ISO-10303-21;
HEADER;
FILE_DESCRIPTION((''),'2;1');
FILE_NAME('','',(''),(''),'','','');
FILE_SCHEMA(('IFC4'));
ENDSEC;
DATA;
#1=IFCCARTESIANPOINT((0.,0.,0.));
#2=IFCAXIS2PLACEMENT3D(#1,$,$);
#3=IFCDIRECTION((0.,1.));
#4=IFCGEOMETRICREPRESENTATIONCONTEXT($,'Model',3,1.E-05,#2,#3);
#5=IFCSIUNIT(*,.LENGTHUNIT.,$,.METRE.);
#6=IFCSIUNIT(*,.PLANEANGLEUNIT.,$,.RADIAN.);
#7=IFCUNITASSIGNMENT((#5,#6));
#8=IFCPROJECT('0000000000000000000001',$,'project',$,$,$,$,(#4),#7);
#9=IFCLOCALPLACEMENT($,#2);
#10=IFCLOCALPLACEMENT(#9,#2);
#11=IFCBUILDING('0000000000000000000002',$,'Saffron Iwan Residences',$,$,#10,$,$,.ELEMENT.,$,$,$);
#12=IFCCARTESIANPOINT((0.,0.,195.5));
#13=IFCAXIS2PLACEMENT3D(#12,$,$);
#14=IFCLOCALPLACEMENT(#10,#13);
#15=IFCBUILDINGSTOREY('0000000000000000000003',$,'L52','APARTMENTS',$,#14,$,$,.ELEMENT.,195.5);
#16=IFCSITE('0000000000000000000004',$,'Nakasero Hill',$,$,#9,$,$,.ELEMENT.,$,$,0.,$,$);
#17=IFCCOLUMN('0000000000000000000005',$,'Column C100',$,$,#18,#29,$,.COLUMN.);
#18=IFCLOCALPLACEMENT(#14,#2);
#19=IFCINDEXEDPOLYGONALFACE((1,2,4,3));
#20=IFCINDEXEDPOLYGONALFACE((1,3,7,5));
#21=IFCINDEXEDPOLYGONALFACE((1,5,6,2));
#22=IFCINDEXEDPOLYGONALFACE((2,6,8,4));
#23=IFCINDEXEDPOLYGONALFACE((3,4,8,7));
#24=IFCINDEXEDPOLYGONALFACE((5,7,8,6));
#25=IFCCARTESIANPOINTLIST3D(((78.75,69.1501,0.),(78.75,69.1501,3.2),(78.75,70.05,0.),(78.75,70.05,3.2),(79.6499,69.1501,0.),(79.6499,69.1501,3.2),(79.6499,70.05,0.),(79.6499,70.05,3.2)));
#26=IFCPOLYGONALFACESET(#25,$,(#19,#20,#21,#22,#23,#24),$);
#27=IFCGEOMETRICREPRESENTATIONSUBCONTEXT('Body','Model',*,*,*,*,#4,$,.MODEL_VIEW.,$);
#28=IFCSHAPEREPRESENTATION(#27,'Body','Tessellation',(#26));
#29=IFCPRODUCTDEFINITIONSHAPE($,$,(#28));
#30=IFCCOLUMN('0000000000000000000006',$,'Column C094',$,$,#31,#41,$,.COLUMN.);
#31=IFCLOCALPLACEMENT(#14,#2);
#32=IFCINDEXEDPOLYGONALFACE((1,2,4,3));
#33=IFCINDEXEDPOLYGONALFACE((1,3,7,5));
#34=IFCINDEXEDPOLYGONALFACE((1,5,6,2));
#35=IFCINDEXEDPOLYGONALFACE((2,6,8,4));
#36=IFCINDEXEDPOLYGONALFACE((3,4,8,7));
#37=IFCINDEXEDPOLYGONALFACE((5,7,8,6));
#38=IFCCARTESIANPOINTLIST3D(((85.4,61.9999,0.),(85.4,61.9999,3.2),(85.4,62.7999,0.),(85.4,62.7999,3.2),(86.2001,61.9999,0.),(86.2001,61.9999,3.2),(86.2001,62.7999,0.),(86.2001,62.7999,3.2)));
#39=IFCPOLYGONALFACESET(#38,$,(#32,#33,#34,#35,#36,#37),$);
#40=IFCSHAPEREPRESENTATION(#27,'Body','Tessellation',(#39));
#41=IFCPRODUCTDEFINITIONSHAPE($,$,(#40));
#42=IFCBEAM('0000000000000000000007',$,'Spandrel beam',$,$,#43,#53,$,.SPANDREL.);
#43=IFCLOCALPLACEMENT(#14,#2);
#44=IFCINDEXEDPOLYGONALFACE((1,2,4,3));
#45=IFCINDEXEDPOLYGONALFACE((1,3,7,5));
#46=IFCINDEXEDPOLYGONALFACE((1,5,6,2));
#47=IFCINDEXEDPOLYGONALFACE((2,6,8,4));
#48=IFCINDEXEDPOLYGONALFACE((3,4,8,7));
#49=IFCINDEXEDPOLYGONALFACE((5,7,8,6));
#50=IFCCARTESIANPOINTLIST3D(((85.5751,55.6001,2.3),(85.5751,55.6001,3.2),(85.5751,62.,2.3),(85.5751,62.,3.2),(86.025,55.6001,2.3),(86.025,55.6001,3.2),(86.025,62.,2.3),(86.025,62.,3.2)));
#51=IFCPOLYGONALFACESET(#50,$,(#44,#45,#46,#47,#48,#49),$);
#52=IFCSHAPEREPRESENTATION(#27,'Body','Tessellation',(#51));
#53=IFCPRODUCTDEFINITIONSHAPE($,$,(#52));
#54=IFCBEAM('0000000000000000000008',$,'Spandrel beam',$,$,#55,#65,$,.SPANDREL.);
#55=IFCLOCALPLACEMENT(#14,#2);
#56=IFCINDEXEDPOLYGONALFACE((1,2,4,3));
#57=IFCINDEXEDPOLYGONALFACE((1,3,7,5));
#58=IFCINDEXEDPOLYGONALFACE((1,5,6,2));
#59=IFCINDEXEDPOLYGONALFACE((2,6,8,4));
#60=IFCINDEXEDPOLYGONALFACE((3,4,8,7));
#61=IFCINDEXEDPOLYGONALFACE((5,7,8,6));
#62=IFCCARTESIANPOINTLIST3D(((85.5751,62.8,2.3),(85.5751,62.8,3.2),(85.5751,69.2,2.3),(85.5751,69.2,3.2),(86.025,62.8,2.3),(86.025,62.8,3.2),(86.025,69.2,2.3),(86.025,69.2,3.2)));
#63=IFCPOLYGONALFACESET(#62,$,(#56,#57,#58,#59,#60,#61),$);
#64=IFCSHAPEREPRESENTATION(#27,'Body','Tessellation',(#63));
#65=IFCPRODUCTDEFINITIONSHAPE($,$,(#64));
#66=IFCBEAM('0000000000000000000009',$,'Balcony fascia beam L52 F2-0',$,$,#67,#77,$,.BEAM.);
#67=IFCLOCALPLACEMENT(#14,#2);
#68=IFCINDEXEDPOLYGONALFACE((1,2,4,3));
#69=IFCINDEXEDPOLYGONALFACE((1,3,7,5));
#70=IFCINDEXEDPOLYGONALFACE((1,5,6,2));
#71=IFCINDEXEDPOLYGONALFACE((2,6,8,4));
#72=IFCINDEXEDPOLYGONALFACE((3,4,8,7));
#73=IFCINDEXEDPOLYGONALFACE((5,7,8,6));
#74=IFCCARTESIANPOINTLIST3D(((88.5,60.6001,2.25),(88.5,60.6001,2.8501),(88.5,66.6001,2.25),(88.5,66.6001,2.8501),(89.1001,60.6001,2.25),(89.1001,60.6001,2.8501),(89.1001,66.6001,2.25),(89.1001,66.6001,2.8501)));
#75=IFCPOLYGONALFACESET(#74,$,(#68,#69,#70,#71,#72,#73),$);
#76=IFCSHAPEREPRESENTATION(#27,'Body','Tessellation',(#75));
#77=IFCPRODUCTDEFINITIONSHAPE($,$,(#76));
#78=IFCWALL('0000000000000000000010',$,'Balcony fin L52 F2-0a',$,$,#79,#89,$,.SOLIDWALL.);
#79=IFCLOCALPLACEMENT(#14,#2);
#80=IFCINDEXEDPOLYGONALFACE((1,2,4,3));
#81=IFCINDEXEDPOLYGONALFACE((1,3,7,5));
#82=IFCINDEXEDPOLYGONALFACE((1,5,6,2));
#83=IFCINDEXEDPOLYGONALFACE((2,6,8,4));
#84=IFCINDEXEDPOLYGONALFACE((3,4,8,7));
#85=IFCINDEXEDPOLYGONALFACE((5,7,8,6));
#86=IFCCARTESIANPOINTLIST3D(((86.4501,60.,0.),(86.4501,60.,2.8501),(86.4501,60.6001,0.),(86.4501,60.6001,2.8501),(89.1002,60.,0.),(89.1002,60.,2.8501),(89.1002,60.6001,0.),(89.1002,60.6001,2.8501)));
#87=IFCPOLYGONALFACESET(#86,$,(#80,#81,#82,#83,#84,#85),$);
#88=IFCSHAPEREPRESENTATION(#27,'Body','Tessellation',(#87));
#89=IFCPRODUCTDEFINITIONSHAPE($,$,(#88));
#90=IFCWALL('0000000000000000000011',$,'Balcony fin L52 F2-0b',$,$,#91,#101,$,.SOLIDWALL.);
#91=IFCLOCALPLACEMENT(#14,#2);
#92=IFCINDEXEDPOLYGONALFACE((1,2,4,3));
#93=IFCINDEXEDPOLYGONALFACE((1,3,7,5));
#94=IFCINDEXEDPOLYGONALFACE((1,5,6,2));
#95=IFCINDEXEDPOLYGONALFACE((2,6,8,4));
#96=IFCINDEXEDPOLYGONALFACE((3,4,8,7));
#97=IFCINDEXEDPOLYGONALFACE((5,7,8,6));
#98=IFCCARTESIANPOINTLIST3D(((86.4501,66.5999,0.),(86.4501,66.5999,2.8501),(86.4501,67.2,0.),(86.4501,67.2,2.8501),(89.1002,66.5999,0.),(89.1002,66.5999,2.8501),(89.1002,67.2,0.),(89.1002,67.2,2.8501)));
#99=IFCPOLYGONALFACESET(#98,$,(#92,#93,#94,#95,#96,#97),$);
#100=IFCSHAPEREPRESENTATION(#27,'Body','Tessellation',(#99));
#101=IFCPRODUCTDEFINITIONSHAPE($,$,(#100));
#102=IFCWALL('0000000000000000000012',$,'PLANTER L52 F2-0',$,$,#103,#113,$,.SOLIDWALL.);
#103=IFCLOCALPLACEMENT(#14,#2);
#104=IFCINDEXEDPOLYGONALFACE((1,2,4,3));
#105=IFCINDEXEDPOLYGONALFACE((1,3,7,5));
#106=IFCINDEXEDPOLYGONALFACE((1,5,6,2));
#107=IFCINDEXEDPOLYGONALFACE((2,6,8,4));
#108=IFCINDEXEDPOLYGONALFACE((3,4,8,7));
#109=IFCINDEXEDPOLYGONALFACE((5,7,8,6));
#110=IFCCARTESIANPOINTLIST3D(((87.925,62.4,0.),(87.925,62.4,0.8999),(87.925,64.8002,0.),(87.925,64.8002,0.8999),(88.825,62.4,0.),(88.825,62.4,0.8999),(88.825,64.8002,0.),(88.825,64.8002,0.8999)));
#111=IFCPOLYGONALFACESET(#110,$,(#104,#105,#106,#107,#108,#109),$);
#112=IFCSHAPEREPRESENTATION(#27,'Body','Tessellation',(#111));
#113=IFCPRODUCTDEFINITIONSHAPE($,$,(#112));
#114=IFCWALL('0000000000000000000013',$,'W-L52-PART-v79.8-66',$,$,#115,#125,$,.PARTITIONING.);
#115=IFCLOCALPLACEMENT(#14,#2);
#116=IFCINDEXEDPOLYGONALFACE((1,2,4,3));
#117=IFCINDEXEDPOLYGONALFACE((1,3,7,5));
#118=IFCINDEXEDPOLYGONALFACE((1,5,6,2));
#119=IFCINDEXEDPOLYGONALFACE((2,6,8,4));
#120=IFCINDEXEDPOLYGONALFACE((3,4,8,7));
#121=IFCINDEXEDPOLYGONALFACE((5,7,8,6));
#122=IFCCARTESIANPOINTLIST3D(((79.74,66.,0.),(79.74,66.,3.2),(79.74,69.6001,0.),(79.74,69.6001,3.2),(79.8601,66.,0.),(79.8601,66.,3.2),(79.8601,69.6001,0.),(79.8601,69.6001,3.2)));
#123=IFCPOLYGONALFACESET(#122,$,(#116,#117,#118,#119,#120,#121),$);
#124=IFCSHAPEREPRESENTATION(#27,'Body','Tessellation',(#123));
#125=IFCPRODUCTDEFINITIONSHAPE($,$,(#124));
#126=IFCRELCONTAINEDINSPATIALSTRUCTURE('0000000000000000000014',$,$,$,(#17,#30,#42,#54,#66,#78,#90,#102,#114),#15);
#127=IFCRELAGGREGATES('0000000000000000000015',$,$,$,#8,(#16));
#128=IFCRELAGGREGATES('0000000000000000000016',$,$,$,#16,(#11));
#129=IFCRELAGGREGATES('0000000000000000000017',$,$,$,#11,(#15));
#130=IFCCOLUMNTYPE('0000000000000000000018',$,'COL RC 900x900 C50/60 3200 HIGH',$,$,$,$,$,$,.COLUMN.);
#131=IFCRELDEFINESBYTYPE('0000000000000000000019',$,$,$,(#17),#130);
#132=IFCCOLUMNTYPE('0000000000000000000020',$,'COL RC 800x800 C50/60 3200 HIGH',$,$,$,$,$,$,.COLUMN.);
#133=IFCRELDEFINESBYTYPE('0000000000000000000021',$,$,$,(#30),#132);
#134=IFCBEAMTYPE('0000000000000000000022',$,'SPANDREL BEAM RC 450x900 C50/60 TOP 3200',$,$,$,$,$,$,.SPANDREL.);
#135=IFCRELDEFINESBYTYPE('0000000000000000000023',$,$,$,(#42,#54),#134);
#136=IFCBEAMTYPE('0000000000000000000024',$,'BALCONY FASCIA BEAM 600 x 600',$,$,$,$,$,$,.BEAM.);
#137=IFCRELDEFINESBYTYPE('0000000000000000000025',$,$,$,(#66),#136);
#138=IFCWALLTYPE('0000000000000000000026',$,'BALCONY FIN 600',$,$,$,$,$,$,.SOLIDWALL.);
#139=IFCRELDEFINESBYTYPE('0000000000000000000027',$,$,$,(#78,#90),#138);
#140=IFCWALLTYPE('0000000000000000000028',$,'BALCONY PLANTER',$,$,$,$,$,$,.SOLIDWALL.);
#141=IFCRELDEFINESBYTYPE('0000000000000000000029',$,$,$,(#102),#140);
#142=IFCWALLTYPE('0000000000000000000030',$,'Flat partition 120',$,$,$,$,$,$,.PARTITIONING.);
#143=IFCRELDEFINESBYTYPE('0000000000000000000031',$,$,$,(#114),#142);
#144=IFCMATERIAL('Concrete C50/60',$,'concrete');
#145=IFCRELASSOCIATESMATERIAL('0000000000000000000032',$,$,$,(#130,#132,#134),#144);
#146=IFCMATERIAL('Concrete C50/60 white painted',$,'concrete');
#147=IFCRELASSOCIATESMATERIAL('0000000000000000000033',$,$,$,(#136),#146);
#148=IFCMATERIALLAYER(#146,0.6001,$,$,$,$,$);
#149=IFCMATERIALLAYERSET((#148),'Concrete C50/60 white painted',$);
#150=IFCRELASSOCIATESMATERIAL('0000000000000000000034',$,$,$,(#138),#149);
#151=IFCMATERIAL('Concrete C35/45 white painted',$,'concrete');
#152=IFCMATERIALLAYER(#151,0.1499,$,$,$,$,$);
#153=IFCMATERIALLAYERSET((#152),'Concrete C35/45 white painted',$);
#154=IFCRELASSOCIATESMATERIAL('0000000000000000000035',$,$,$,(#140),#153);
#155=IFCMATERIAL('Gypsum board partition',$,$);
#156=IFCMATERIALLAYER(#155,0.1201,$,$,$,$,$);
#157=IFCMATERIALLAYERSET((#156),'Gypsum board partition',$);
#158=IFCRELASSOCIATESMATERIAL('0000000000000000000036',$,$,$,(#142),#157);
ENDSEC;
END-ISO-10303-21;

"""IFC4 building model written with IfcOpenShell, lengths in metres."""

from ifc_helpers import new_model, si_unit, direction, frame, frame_2d, origin, origin_2d, place, context, subcontext, project, spatial, rectangle, extrude, source, transform, mapped, material, layer, layer_set, material_profile, profile_set, type_object, element, save


model = new_model("IFC4")

# Units and contexts
model_context = context("Model", 3, precision=1e-05, world=origin(), true_north=direction((0.0, 1.0)))
body_context = subcontext(model_context, "Body", "Model", "MODEL_VIEW")
ifc_project = project(units=[si_unit("LENGTHUNIT", "METRE"), si_unit("PLANEANGLEUNIT", "RADIAN")], contexts=[model_context])

# Site, building, storey
site_placement = place(None, origin())
site = spatial("IfcSite", under=ifc_project, at=site_placement, Name="Nakasero Hill", CompositionType="ELEMENT", RefElevation=0.0)
building_placement = place(site_placement, origin())
building = spatial("IfcBuilding", under=site, at=building_placement, Name="Saffron Iwan Residences", CompositionType="ELEMENT")
storey_placement = place(building_placement, frame((0.0, 0.0, 195.5)))
storey = spatial("IfcBuildingStorey", under=building, at=storey_placement, Name="L52", Description="APARTMENTS", CompositionType="ELEMENT", Elevation=195.5)

# Columns
ifc_material_1 = material(Name="Concrete C50/60", Category="concrete")
ifc_material_profile_1 = material_profile(ifc_material_1, rectangle(XDim=0.8999, YDim=0.8999, at=origin_2d()), Name="RC 900x900")
ifc_profile_set_1 = profile_set([ifc_material_profile_1], Name="Concrete C50/60")
column_type_1 = type_object("IfcColumnType", Name="COL RC 900x900 C50/60 3200 HIGH", PredefinedType="COLUMN", material=ifc_profile_set_1)
shared_shape_1 = source(origin(), body_context, "Body", "SweptSolid", [
    extrude(rectangle(XDim=0.8999, YDim=0.8999, at=origin_2d()), origin(), (0.0, 0.0, 1.0), 3.2),
])
column_1_placement = place(storey_placement, frame((79.2, 69.6001, 0.0), z_axis=(0.0, 0.0, 1.0), x_axis=(1.0, 0.0, 0.0)))
element("IfcColumn", 1, at=column_1_placement, inside=storey, type_object=column_type_1, Name="Column C100", PredefinedType="COLUMN", context=body_context, shape_type="MappedRepresentation", body=[
    mapped(shared_shape_1, transform((0.0, 0.0, 0.0))),
])
ifc_material_profile_2 = material_profile(ifc_material_1, rectangle(XDim=0.8, YDim=0.8, at=origin_2d()), Name="RC 800x800")
ifc_profile_set_2 = profile_set([ifc_material_profile_2], Name="Concrete C50/60")
column_type_2 = type_object("IfcColumnType", Name="COL RC 800x800 C50/60 3200 HIGH", PredefinedType="COLUMN", material=ifc_profile_set_2)
shared_shape_2 = source(origin(), body_context, "Body", "SweptSolid", [
    extrude(rectangle(XDim=0.8, YDim=0.8, at=origin_2d()), origin(), (0.0, 0.0, 1.0), 3.2),
])
column_2_placement = place(storey_placement, frame((85.8, 62.3999, 0.0), z_axis=(0.0, 0.0, 1.0), x_axis=(1.0, 0.0, 0.0)))
element("IfcColumn", 2, at=column_2_placement, inside=storey, type_object=column_type_2, Name="Column C094", PredefinedType="COLUMN", context=body_context, shape_type="MappedRepresentation", body=[
    mapped(shared_shape_2, transform((0.0, 0.0, 0.0))),
])

# Beams
ifc_material_profile_3 = material_profile(ifc_material_1, rectangle(XDim=0.45, YDim=0.8999, at=origin_2d()), Name="RC 450x900")
ifc_profile_set_3 = profile_set([ifc_material_profile_3], Name="Concrete C50/60")
beam_type_1 = type_object("IfcBeamType", Name="SPANDREL BEAM RC 450x900 C50/60 TOP 3200", PredefinedType="SPANDREL", material=ifc_profile_set_3)
shared_shape_3 = source(origin(), body_context, "Body", "SweptSolid", [
    extrude(rectangle(XDim=0.45, YDim=0.8999, at=origin_2d()), origin(), (0.0, 0.0, 1.0), 6.3999),
])
for number, where, z_axis, x_axis, name in (
    (3, (85.8, 62.0, 2.75), (0.0, -1.0, 0.0), (1.0, 0.0, 0.0), "Spandrel beam"),
    (4, (85.8, 69.2, 2.75), (0.0, -1.0, 0.0), (1.0, 0.0, 0.0), "Spandrel beam"),
):
    element("IfcBeam", number, at=place(storey_placement, frame(where, z_axis=z_axis, x_axis=x_axis)), inside=storey, type_object=beam_type_1, Name=name, PredefinedType="SPANDREL", context=body_context, shape_type="MappedRepresentation", body=[
        mapped(shared_shape_3, transform((0.0, 0.0, 0.0))),
    ])
ifc_material_2 = material(Name="Concrete C50/60 white painted", Category="concrete")
ifc_material_profile_4 = material_profile(ifc_material_2, rectangle(XDim=0.6001, YDim=0.6001, at=origin_2d()), Name="BALCONY FASCIA BEAM 600 x 600")
ifc_profile_set_4 = profile_set([ifc_material_profile_4], Name="Concrete C50/60 white painted")
beam_type_2 = type_object("IfcBeamType", Name="BALCONY FASCIA BEAM 600 x 600", PredefinedType="BEAM", material=ifc_profile_set_4)
shared_shape_4 = source(origin(), body_context, "Body", "SweptSolid", [
    extrude(rectangle(XDim=0.6001, YDim=0.6001, at=origin_2d()), origin(), (0.0, 0.0, 1.0), 6.0),
])
beam_placement = place(storey_placement, frame((88.8, 60.6001, 2.55), z_axis=(0.0, 1.0, 0.0), x_axis=(-1.0, 0.0, 0.0)))
element("IfcBeam", 5, at=beam_placement, inside=storey, type_object=beam_type_2, Name="Balcony fascia beam L52 F2-0", PredefinedType="BEAM", context=body_context, shape_type="MappedRepresentation", body=[
    mapped(shared_shape_4, transform((0.0, 0.0, 0.0))),
])

# Walls
ifc_layer_1 = layer(ifc_material_2, 0.6001)
ifc_layer_set_1 = layer_set([ifc_layer_1], Name="Concrete C50/60 white painted")
wall_type_1 = type_object("IfcWallType", Name="BALCONY FIN 600", PredefinedType="SOLIDWALL", material=ifc_layer_set_1)
for number, where, z_axis, x_axis, name in (
    (6, (86.45, 60.3, 0.0), (0.0, 0.0, 1.0), (1.0, 0.0, 0.0), "Balcony fin L52 F2-0a"),
    (7, (86.45, 66.8999, 0.0), (0.0, 0.0, 1.0), (1.0, 0.0, 0.0), "Balcony fin L52 F2-0b"),
):
    element("IfcWall", number, at=place(storey_placement, frame(where, z_axis=z_axis, x_axis=x_axis)), inside=storey, type_object=wall_type_1, Name=name, PredefinedType="SOLIDWALL", context=body_context, shape_type="SweptSolid", body=[
        extrude(rectangle(XDim=2.6501, YDim=0.6001, at=frame_2d((1.3252, 0.0))), origin(), (0.0, 0.0, 1.0), 2.8501),
    ])
ifc_material_3 = material(Name="Concrete C35/45 white painted", Category="concrete")
ifc_layer_2 = layer(ifc_material_3, 0.1499)
ifc_layer_set_2 = layer_set([ifc_layer_2], Name="Concrete C35/45 white painted")
wall_type_2 = type_object("IfcWallType", Name="BALCONY PLANTER", PredefinedType="SOLIDWALL", material=ifc_layer_set_2)
wall_1_placement = place(storey_placement, frame((88.375, 62.3999, 0.0), z_axis=(0.0, 0.0, 1.0), x_axis=(0.0, 1.0, 0.0)))
element("IfcWall", 8, at=wall_1_placement, inside=storey, type_object=wall_type_2, Name="PLANTER L52 F2-0", PredefinedType="SOLIDWALL", context=body_context, shape_type="SweptSolid", body=[
    extrude(rectangle(XDim=2.4001, YDim=0.8999, at=frame_2d((1.2002, 0.0))), origin(), (0.0, 0.0, 1.0), 0.8999),
])
ifc_material_4 = material(Name="Gypsum board partition")
ifc_layer_3 = layer(ifc_material_4, 0.1201)
ifc_layer_set_3 = layer_set([ifc_layer_3], Name="Gypsum board partition")
wall_type_3 = type_object("IfcWallType", Name="Flat partition 120", PredefinedType="PARTITIONING", material=ifc_layer_set_3)
wall_2_placement = place(storey_placement, frame((79.8, 66.0, 0.0), z_axis=(0.0, 0.0, 1.0), x_axis=(0.0, 1.0, 0.0)))
element("IfcWall", 9, at=wall_2_placement, inside=storey, type_object=wall_type_3, Name="W-L52-PART-v79.8-66", PredefinedType="PARTITIONING", context=body_context, shape_type="SweptSolid", body=[
    extrude(rectangle(XDim=3.6001, YDim=0.1201, at=frame_2d((1.8, 0.0))), origin(), (0.0, 0.0, 1.0), 3.2),
])

save(model, "model.ifc")
